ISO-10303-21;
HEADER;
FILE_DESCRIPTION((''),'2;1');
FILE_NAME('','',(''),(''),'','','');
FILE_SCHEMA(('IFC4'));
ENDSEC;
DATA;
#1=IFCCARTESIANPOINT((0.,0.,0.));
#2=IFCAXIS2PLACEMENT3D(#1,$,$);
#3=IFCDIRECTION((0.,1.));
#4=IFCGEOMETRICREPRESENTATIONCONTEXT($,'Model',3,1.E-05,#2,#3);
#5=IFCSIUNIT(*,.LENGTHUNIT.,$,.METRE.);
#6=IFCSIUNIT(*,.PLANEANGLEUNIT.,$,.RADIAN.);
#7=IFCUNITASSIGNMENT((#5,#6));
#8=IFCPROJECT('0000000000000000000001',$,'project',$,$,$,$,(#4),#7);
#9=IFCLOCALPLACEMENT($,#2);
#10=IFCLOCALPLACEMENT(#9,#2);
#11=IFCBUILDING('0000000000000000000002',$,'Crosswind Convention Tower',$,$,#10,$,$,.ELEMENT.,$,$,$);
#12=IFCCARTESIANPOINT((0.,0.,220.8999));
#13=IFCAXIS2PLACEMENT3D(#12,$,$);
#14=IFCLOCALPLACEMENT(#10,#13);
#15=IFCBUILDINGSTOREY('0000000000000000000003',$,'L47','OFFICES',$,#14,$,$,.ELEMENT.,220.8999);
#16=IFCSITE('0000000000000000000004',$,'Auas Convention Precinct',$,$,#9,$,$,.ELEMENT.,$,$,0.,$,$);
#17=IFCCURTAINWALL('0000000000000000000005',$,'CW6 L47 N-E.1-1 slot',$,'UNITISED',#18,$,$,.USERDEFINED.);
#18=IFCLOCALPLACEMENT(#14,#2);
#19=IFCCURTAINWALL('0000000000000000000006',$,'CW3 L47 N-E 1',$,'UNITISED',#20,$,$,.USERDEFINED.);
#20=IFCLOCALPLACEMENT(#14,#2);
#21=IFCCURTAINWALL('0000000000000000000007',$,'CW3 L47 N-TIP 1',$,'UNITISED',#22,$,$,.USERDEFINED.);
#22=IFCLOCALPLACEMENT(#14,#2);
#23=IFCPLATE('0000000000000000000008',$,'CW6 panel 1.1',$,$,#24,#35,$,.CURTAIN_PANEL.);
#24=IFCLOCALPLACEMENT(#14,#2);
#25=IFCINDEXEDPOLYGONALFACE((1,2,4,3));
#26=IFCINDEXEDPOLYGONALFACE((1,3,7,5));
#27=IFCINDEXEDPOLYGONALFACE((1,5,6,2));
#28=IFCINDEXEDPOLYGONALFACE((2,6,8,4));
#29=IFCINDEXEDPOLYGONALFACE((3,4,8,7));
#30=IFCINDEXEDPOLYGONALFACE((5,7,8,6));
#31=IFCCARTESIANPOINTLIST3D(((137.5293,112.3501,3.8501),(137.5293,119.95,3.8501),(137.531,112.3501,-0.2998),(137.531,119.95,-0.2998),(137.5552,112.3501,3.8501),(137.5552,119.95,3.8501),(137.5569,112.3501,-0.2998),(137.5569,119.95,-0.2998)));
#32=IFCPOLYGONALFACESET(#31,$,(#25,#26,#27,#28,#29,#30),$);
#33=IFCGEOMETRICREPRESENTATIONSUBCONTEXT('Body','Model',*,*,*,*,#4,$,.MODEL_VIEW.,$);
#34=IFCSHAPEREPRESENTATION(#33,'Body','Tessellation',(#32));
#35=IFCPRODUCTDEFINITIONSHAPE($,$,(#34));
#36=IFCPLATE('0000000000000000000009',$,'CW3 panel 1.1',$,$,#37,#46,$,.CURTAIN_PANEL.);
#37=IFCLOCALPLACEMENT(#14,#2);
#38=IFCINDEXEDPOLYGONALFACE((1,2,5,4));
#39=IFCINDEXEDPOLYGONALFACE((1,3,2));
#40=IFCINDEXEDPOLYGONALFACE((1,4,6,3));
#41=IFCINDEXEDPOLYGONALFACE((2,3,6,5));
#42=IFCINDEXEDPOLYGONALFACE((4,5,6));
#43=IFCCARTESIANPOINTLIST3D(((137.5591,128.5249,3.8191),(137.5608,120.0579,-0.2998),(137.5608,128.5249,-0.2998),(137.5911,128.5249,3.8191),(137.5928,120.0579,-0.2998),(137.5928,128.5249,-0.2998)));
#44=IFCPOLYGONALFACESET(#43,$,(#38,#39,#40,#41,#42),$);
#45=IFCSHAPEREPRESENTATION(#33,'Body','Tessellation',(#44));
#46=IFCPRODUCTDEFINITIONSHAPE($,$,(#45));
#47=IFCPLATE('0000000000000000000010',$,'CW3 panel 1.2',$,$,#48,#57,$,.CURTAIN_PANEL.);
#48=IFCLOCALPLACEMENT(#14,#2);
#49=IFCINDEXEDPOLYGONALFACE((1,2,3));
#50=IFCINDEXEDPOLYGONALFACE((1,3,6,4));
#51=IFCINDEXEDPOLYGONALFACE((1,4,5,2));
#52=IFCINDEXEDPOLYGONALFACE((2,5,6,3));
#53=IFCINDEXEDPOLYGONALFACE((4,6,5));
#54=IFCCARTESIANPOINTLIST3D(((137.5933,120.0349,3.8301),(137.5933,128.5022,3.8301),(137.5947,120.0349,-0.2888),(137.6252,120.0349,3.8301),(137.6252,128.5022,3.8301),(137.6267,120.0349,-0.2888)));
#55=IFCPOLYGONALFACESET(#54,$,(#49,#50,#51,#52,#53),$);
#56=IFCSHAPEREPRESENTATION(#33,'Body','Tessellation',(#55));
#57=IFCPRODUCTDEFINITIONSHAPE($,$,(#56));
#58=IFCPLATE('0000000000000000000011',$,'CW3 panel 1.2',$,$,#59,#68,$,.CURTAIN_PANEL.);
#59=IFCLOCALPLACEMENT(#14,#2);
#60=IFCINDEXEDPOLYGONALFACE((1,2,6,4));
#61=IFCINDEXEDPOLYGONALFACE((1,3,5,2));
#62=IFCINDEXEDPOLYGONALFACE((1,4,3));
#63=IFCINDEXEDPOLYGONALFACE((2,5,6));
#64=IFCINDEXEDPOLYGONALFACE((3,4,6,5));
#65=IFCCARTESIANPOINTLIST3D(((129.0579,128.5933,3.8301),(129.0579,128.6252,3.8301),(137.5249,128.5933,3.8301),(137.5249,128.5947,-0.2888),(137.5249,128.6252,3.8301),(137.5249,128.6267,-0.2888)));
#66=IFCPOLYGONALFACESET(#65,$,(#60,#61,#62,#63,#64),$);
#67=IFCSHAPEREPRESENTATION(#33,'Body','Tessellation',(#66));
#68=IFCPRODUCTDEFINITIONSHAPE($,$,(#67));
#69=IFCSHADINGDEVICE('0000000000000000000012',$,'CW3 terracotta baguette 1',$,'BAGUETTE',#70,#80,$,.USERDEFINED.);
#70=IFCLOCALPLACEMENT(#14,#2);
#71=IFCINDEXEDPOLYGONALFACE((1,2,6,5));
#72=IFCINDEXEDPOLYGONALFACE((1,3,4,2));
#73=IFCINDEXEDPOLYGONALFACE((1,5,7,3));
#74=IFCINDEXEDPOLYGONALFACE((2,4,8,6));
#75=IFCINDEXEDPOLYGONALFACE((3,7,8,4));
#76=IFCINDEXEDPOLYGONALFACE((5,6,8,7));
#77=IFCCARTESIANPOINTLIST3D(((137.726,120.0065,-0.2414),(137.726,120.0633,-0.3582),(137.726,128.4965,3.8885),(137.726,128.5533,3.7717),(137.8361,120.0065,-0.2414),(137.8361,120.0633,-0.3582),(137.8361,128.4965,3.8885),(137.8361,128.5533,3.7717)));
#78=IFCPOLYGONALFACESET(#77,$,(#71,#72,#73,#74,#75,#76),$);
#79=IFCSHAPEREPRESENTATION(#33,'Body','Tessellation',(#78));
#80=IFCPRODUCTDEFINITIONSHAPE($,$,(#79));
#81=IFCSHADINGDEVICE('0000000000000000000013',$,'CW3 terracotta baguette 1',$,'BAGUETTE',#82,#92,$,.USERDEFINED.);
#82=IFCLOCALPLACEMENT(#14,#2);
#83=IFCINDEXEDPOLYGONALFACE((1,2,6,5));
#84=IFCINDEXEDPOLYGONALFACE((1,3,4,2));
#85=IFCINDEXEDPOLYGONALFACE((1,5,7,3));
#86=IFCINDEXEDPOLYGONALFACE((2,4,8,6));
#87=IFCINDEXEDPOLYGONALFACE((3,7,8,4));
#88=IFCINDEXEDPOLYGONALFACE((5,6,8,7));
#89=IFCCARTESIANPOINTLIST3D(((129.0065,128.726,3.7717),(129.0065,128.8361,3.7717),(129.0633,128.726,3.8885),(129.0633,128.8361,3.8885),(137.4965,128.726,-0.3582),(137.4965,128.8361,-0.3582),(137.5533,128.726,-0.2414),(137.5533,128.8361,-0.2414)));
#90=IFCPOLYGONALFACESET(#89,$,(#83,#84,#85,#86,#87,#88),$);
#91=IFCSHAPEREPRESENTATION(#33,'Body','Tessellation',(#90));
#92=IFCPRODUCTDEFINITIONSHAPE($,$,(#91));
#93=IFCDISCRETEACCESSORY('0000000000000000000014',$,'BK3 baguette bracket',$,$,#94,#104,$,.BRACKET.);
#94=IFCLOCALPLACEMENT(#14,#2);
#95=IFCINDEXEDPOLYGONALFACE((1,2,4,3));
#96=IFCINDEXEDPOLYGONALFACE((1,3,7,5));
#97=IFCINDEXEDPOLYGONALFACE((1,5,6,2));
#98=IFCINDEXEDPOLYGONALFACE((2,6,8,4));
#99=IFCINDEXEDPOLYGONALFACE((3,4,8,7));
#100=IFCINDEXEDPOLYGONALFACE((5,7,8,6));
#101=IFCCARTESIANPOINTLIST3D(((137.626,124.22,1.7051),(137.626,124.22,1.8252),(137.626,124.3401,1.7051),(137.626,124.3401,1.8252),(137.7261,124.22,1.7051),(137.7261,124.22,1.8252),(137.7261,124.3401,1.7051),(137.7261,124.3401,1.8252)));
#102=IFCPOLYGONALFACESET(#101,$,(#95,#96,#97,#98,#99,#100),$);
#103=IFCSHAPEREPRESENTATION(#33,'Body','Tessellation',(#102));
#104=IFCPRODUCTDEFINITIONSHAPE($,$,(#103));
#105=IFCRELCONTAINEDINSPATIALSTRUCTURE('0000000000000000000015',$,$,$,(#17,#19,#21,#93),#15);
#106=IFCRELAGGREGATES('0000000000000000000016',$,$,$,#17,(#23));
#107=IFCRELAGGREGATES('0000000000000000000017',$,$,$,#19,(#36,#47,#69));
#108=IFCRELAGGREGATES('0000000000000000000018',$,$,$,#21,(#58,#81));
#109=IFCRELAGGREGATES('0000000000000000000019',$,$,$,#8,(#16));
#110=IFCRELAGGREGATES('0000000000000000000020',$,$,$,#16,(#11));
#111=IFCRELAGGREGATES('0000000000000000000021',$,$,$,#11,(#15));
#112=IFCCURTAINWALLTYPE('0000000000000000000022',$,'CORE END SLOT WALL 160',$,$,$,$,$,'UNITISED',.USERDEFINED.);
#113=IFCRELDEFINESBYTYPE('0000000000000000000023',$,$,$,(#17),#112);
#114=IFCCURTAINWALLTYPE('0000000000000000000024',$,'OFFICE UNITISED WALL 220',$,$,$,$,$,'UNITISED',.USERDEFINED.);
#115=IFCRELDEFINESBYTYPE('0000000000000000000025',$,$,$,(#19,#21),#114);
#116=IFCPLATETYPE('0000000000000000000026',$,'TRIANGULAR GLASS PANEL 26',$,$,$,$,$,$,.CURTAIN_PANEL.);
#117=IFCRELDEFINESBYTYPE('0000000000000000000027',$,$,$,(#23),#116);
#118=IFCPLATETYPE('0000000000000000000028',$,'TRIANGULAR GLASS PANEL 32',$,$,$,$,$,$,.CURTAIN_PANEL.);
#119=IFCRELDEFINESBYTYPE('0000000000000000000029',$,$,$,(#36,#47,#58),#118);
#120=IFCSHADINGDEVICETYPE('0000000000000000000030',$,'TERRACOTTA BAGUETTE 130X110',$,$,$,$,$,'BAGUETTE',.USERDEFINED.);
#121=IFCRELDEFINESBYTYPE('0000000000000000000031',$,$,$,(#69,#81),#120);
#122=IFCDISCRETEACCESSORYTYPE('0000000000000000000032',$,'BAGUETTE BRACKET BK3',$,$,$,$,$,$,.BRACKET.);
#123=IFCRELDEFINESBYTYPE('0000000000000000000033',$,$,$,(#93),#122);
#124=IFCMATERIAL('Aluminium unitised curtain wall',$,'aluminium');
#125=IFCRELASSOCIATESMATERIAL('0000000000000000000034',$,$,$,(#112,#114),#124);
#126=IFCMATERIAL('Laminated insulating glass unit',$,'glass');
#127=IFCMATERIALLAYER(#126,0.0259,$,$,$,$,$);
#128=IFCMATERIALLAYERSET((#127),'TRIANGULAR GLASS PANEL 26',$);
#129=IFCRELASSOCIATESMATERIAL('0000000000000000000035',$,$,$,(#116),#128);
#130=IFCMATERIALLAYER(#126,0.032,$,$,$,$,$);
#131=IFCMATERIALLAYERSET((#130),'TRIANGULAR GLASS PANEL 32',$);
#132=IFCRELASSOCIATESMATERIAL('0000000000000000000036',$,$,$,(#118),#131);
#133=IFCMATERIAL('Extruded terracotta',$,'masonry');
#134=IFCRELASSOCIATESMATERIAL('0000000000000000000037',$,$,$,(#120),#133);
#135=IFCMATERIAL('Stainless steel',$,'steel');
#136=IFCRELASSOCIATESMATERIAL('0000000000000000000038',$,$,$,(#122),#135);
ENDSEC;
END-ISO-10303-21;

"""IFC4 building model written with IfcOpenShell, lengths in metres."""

from ifc_helpers import new_model, si_unit, direction, frame, origin, origin_2d, place, context, subcontext, project, spatial, polyline, rectangle, outline, extrude, material, layer, layer_set, material_profile, profile_set, type_object, element, aggregate, save


model = new_model("IFC4")

# Units and contexts
model_context = context("Model", 3, precision=1e-05, world=origin(), true_north=direction((0.0, 1.0)))
body_context = subcontext(model_context, "Body", "Model", "MODEL_VIEW")
ifc_project = project(units=[si_unit("LENGTHUNIT", "METRE"), si_unit("PLANEANGLEUNIT", "RADIAN")], contexts=[model_context])

# Site, building, storey
site_placement = place(None, origin())
site = spatial("IfcSite", under=ifc_project, at=site_placement, Name="Auas Convention Precinct", CompositionType="ELEMENT", RefElevation=0.0)
building_placement = place(site_placement, origin())
building = spatial("IfcBuilding", under=site, at=building_placement, Name="Crosswind Convention Tower", CompositionType="ELEMENT")
storey_placement = place(building_placement, frame((0.0, 0.0, 220.8999)))
storey = spatial("IfcBuildingStorey", under=building, at=storey_placement, Name="L47", Description="OFFICES", CompositionType="ELEMENT", Elevation=220.8999)

# Curtain walls
ifc_material_1 = material(Name="Aluminium unitised curtain wall", Category="aluminium")
curtain_wall_type_1 = type_object("IfcCurtainWallType", Name="CORE END SLOT WALL 160", ElementType="UNITISED", PredefinedType="USERDEFINED", material=ifc_material_1)
curtain_wall_1_placement = place(storey_placement, origin())
curtain_wall_1 = element("IfcCurtainWall", 1, at=curtain_wall_1_placement, inside=storey, type_object=curtain_wall_type_1, Name="CW6 L47 N-E.1-1 slot", ObjectType="UNITISED", PredefinedType="USERDEFINED")
curtain_wall_type_2 = type_object("IfcCurtainWallType", Name="OFFICE UNITISED WALL 220", ElementType="UNITISED", PredefinedType="USERDEFINED", material=ifc_material_1)
curtain_wall_2_placement = place(storey_placement, origin())
curtain_wall_2 = element("IfcCurtainWall", 2, at=curtain_wall_2_placement, inside=storey, type_object=curtain_wall_type_2, Name="CW3 L47 N-E 1", ObjectType="UNITISED", PredefinedType="USERDEFINED")

# Curtain wall
curtain_wall_3_placement = place(storey_placement, origin())
curtain_wall_3 = element("IfcCurtainWall", 3, at=curtain_wall_3_placement, inside=storey, type_object=curtain_wall_type_2, Name="CW3 L47 N-TIP 1", ObjectType="UNITISED", PredefinedType="USERDEFINED")

# Plates
ifc_material_2 = material(Name="Laminated insulating glass unit", Category="glass")
ifc_layer_1 = layer(ifc_material_2, 0.0259)
ifc_layer_set_1 = layer_set([ifc_layer_1], Name="TRIANGULAR GLASS PANEL 26")
plate_type_1 = type_object("IfcPlateType", Name="TRIANGULAR GLASS PANEL 26", PredefinedType="CURTAIN_PANEL", material=ifc_layer_set_1)
plate_1_placement = place(storey_placement, frame((137.5569, 112.3501, -0.2998), z_axis=(1.0, 0.0, 0.000412), x_axis=(0.0, 1.0, 0.0)))
plate_1 = element("IfcPlate", 4, at=plate_1_placement, type_object=plate_type_1, Name="CW6 panel 1.1", PredefinedType="CURTAIN_PANEL", context=body_context, shape_type="SweptSolid", body=[
    extrude(outline(polyline([(0.0, 0.0), (7.5999, 0.0), (7.5999, 4.1499), (0.0, 4.1499), (0.0, 0.0)])), origin(), (0.0, 0.0, -1.0), 0.0259),
])
aggregate(curtain_wall_1, [plate_1])
ifc_layer_2 = layer(ifc_material_2, 0.032)
ifc_layer_set_2 = layer_set([ifc_layer_2], Name="TRIANGULAR GLASS PANEL 32")
plate_type_2 = type_object("IfcPlateType", Name="TRIANGULAR GLASS PANEL 32", PredefinedType="CURTAIN_PANEL", material=ifc_layer_set_2)
plate_2_placement = place(storey_placement, frame((137.5928, 128.5249, -0.2998), z_axis=(1.0, 0.0, 0.000415), x_axis=(-0.000415, 0.0, 1.0)))
plate_2 = element("IfcPlate", 5, at=plate_2_placement, type_object=plate_type_2, Name="CW3 panel 1.1", PredefinedType="CURTAIN_PANEL", context=body_context, shape_type="SweptSolid", body=[
    extrude(outline(polyline([(0.0, 0.0), (4.1189, 0.0), (0.0, 8.467), (0.0, 0.0)])), origin(), (0.0, 0.0, -1.0), 0.032),
])
plate_3_placement = place(storey_placement, frame((137.6252, 120.0349, 3.8301), z_axis=(1.0, 0.0, 0.000356), x_axis=(0.000356, 0.0, -1.0)))
plate_3 = element("IfcPlate", 6, at=plate_3_placement, type_object=plate_type_2, Name="CW3 panel 1.2", PredefinedType="CURTAIN_PANEL", context=body_context, shape_type="SweptSolid", body=[
    extrude(outline(polyline([(0.0, 0.0), (4.1189, 0.0), (0.0, 8.4673), (0.0, 0.0)])), origin(), (0.0, 0.0, -1.0), 0.032),
])
plate_4_placement = place(storey_placement, frame((137.5249, 128.6252, 3.8301), z_axis=(0.0, 1.0, 0.000356), x_axis=(0.0, 0.000356, -1.0)))
plate_4 = element("IfcPlate", 7, at=plate_4_placement, type_object=plate_type_2, Name="CW3 panel 1.2", PredefinedType="CURTAIN_PANEL", context=body_context, shape_type="SweptSolid", body=[
    extrude(outline(polyline([(0.0, 0.0), (4.1189, 0.0), (0.0, 8.467), (0.0, 0.0)])), origin(), (0.0, 0.0, -1.0), 0.032),
])

# Shading devices
ifc_material_3 = material(Name="Extruded terracotta", Category="masonry")
ifc_material_profile_1 = material_profile(ifc_material_3, rectangle(XDim=0.1101, YDim=0.1299, at=origin_2d()), Name="TC 110X130")
ifc_profile_set_1 = profile_set([ifc_material_profile_1], Name="Extruded terracotta")
shading_device_type = type_object("IfcShadingDeviceType", Name="TERRACOTTA BAGUETTE 130X110", ElementType="BAGUETTE", PredefinedType="USERDEFINED", material=ifc_profile_set_1)
shading_device_1_placement = place(storey_placement, frame((137.781, 120.0349, -0.2998), z_axis=(0.0, 0.899251, 0.437433), x_axis=(-1.0, 0.0, 0.0)))
shading_device_1 = element("IfcShadingDevice", 8, at=shading_device_1_placement, type_object=shading_device_type, Name="CW3 terracotta baguette 1", ObjectType="BAGUETTE", PredefinedType="USERDEFINED", context=body_context, shape_type="SweptSolid", body=[
    extrude(rectangle(XDim=0.1101, YDim=0.1299, at=origin_2d()), origin(), (0.0, 0.0, 1.0), 9.4412),
])
aggregate(curtain_wall_2, [plate_2, plate_3, shading_device_1])
shading_device_2_placement = place(storey_placement, frame((137.5249, 128.781, -0.2998), z_axis=(-0.899251, 0.0, 0.437433), x_axis=(0.0, -1.0, 0.0)))
shading_device_2 = element("IfcShadingDevice", 9, at=shading_device_2_placement, type_object=shading_device_type, Name="CW3 terracotta baguette 1", ObjectType="BAGUETTE", PredefinedType="USERDEFINED", context=body_context, shape_type="SweptSolid", body=[
    extrude(rectangle(XDim=0.1101, YDim=0.1299, at=origin_2d()), origin(), (0.0, 0.0, 1.0), 9.4412),
])
aggregate(curtain_wall_3, [plate_4, shading_device_2])

# Discrete accessory
ifc_material_4 = material(Name="Stainless steel", Category="steel")
discrete_accessory_type = type_object("IfcDiscreteAccessoryType", Name="BAGUETTE BRACKET BK3", PredefinedType="BRACKET", material=ifc_material_4)
discrete_accessory_placement = place(storey_placement, frame((137.676, 124.28, 1.7051), z_axis=(0.0, 0.0, 1.0), x_axis=(0.0, 1.0, 0.0)))
element("IfcDiscreteAccessory", 10, at=discrete_accessory_placement, inside=storey, type_object=discrete_accessory_type, Name="BK3 baguette bracket", PredefinedType="BRACKET", context=body_context, shape_type="SweptSolid", body=[
    extrude(rectangle(XDim=0.1201, YDim=0.1001, at=origin_2d()), origin(), (0.0, 0.0, 1.0), 0.1201),
])

save(model, "model.ifc")
